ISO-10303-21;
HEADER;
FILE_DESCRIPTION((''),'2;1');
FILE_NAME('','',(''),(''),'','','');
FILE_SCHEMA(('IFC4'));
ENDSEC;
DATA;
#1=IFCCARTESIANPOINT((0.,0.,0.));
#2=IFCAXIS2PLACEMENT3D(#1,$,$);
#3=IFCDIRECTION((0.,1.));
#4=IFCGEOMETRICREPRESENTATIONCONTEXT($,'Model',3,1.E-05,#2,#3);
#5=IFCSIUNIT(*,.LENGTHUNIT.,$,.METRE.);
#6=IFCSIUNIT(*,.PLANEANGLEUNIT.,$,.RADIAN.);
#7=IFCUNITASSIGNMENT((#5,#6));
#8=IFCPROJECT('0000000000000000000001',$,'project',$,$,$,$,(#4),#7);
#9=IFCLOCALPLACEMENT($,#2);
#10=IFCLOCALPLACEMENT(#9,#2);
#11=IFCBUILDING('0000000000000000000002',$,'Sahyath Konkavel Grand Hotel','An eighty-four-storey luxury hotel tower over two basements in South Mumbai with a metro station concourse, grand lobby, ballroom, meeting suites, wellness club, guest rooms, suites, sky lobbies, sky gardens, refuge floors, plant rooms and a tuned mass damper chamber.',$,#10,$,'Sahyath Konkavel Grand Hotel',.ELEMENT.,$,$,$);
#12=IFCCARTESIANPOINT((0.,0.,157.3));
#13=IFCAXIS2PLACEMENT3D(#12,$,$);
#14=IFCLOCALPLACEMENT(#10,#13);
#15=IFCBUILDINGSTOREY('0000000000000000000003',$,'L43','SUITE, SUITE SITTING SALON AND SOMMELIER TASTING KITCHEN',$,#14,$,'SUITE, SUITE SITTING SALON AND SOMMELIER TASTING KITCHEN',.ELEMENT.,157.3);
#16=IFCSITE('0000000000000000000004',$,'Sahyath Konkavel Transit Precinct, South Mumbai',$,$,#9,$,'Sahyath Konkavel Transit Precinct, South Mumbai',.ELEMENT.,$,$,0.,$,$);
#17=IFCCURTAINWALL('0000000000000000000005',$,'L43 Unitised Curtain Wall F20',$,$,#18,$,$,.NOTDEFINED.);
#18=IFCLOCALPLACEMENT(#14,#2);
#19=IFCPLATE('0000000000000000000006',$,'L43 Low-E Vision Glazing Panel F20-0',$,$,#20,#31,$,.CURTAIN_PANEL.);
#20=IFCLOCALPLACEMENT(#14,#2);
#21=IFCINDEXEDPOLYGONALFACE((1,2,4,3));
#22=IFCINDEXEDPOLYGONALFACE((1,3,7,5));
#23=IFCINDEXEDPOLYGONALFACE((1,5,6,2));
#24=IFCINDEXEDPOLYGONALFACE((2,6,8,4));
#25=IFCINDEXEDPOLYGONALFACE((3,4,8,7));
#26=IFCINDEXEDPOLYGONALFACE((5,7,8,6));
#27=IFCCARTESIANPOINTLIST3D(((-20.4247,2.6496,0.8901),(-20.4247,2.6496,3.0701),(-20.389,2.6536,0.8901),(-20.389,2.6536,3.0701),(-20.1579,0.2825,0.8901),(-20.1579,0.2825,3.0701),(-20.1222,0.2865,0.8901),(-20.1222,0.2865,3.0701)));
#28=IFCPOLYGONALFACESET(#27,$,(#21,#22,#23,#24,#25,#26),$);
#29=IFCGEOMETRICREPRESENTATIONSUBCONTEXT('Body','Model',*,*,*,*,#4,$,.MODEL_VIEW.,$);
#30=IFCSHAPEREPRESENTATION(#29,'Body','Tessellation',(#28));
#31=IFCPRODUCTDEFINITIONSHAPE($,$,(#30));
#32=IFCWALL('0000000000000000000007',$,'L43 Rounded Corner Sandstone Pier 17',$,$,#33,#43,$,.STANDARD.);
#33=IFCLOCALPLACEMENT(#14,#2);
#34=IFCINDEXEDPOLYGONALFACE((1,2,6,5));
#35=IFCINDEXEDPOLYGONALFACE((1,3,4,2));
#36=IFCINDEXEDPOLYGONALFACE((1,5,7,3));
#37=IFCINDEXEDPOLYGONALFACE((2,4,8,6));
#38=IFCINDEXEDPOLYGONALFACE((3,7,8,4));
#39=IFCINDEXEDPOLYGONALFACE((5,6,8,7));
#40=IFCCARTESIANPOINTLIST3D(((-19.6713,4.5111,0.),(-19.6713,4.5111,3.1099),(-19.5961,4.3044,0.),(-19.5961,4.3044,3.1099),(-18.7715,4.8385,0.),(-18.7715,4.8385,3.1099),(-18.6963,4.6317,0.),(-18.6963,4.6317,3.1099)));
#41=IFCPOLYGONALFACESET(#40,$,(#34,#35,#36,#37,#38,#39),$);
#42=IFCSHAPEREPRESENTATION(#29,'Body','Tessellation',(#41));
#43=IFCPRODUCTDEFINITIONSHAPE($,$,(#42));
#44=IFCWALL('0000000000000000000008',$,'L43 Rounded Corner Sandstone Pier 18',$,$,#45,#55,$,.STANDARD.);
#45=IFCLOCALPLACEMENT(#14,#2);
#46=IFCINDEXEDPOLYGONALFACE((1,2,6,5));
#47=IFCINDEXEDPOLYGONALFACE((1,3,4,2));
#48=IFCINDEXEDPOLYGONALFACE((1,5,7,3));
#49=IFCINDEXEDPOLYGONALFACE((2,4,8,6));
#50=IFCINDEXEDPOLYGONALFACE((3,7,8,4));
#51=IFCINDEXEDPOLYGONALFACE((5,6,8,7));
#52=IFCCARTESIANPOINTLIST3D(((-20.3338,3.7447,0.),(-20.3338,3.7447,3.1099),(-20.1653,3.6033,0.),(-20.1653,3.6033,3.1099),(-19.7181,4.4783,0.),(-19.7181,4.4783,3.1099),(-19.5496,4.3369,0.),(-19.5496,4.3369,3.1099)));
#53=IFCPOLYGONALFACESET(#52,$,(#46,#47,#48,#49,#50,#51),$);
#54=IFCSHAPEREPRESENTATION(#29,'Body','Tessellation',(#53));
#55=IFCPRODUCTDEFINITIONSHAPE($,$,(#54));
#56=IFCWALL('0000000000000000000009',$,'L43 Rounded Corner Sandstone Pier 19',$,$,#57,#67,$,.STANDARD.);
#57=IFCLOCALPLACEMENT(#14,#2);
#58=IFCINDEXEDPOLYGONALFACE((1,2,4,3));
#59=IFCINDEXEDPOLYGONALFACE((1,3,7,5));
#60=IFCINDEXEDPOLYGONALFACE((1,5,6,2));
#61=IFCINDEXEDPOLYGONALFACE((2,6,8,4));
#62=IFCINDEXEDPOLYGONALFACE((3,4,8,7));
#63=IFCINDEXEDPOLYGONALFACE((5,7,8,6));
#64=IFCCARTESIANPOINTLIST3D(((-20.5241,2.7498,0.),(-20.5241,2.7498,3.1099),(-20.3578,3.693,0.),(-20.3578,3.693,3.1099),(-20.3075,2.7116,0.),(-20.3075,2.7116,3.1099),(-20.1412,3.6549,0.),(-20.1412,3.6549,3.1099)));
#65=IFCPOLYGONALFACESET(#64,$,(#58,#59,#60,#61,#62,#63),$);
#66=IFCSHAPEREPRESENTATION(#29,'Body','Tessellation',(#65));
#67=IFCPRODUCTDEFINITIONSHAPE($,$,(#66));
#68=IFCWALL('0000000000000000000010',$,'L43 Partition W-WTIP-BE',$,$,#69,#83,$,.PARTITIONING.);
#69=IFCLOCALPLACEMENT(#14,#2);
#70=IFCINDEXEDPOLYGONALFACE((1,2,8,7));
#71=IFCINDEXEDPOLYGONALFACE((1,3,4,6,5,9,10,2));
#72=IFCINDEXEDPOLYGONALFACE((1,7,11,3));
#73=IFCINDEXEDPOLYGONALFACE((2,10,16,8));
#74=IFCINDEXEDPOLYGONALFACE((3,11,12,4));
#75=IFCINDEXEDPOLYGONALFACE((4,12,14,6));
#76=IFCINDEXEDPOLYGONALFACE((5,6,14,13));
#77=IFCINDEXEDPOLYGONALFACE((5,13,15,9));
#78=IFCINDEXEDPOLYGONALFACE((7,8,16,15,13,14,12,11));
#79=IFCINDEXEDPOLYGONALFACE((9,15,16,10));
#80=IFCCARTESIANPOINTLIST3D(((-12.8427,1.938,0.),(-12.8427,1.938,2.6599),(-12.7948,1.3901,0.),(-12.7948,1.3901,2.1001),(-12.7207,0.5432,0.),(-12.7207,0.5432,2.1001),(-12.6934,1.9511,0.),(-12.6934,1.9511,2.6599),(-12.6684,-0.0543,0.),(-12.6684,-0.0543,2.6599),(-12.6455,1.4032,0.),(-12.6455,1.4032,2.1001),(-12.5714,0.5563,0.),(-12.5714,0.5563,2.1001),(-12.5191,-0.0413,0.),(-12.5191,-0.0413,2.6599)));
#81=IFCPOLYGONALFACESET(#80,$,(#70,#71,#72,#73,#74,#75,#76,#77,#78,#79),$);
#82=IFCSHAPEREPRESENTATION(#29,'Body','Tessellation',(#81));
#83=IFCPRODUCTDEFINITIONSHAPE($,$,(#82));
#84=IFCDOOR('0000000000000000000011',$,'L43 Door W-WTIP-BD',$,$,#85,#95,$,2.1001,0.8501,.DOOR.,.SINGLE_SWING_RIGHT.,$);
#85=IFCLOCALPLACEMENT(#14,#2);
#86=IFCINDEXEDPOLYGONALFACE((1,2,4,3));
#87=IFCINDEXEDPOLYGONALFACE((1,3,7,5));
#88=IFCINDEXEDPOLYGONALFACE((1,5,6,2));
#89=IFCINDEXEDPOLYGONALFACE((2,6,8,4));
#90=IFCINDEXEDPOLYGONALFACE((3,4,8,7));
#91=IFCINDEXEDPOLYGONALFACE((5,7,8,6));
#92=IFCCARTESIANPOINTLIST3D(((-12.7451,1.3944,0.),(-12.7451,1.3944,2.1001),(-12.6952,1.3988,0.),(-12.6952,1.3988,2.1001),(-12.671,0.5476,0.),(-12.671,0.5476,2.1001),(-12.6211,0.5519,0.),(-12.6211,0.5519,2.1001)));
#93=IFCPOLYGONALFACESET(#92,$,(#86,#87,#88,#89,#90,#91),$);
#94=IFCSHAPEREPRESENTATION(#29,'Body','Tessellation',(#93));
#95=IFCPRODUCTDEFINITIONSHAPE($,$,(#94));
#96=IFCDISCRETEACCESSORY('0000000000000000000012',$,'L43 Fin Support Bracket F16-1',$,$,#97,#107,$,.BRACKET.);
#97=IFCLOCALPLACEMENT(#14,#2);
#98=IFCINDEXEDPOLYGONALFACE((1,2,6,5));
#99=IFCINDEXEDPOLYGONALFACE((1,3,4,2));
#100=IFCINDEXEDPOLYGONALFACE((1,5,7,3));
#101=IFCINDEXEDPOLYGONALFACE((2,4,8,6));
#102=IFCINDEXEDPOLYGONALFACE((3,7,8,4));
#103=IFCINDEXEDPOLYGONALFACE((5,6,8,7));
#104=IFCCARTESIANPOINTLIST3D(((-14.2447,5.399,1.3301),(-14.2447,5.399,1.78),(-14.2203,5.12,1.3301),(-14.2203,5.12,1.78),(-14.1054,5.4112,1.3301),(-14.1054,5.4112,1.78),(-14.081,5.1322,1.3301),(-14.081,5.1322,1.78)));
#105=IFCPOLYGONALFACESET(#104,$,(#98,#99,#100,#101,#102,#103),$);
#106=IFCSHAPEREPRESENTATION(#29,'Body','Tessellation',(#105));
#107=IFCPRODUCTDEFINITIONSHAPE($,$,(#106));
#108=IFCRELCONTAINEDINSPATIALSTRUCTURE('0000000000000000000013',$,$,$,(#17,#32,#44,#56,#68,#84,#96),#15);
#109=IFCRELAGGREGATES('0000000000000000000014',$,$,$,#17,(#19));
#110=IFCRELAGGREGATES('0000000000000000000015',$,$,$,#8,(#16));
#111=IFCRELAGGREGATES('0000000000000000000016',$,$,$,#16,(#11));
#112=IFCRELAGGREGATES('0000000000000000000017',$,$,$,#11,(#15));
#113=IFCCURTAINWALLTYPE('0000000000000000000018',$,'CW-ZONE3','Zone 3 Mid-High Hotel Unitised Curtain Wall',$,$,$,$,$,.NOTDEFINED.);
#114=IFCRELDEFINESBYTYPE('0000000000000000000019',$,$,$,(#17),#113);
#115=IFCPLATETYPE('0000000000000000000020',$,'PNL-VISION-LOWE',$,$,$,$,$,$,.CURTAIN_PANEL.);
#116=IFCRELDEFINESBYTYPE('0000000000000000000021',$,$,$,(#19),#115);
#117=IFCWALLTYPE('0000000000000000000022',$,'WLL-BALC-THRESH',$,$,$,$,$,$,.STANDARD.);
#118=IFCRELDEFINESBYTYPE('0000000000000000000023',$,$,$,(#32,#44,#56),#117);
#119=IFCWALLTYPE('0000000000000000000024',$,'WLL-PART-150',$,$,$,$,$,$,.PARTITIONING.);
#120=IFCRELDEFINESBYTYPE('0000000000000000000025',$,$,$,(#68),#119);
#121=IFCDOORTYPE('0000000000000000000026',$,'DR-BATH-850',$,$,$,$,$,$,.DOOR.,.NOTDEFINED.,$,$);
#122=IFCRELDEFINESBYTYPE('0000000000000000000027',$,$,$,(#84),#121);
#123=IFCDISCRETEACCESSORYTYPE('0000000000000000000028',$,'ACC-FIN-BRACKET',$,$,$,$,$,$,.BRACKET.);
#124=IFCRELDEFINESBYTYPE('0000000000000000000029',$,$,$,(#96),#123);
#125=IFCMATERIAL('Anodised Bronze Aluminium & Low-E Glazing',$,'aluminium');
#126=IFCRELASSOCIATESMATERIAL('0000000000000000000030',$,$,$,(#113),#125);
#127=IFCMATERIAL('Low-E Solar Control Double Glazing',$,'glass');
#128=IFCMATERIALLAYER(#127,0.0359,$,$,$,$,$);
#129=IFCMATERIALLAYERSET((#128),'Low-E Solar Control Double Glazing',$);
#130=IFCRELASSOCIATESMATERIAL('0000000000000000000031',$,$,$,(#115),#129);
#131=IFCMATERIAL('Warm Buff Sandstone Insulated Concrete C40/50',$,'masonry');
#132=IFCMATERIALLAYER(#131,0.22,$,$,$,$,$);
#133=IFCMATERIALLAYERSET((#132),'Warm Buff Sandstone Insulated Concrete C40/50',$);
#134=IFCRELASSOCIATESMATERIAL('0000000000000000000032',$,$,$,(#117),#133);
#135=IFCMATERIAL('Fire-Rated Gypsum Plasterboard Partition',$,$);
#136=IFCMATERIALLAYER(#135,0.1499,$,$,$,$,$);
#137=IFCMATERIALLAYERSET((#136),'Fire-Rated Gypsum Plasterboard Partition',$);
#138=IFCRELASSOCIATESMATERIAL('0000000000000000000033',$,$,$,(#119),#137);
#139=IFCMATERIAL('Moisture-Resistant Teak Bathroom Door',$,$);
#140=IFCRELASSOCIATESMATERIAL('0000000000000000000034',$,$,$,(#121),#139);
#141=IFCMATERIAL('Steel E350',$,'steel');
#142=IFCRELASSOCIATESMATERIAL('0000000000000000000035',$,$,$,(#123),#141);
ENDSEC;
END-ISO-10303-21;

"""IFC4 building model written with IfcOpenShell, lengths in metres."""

from ifc_helpers import new_model, si_unit, direction, frame, frame_2d, origin, origin_2d, place, context, subcontext, project, spatial, rectangle, extrude, source, transform, mapped, material, layer, layer_set, type_object, element, fill, aggregate, save


model = new_model("IFC4")

# Units and contexts
model_context = context("Model", 3, precision=1e-05, world=origin(), true_north=direction((0.0, 1.0)))
body_context = subcontext(model_context, "Body", "Model", "MODEL_VIEW")
ifc_project = project(units=[si_unit("LENGTHUNIT", "METRE"), si_unit("PLANEANGLEUNIT", "RADIAN")], contexts=[model_context])

# Site, building, storey
site_placement = place(None, origin())
site = spatial("IfcSite", under=ifc_project, at=site_placement, Name="Sahyath Konkavel Transit Precinct, South Mumbai", LongName="Sahyath Konkavel Transit Precinct, South Mumbai", CompositionType="ELEMENT", RefElevation=0.0)
building_placement = place(site_placement, origin())
building = spatial("IfcBuilding", under=site, at=building_placement, Name="Sahyath Konkavel Grand Hotel", Description="An eighty-four-storey luxury hotel tower over two basements in South Mumbai with a metro station concourse, grand lobby, ballroom, meeting suites, wellness club, guest rooms, suites, sky lobbies, sky gardens, refuge floors, plant rooms and a tuned mass damper chamber.", LongName="Sahyath Konkavel Grand Hotel", CompositionType="ELEMENT")
storey_placement = place(building_placement, frame((0.0, 0.0, 157.3)))
storey = spatial("IfcBuildingStorey", under=building, at=storey_placement, Name="L43", Description="SUITE, SUITE SITTING SALON AND SOMMELIER TASTING KITCHEN", LongName="SUITE, SUITE SITTING SALON AND SOMMELIER TASTING KITCHEN", CompositionType="ELEMENT", Elevation=157.3)

# Shared definitions
ifc_material_1 = material(Name="Steel E350", Category="steel")

# Curtain wall
ifc_material_2 = material(Name="Anodised Bronze Aluminium & Low-E Glazing", Category="aluminium")
curtain_wall_type = type_object("IfcCurtainWallType", Name="CW-ZONE3", Description="Zone 3 Mid-High Hotel Unitised Curtain Wall", PredefinedType="NOTDEFINED", material=ifc_material_2)
curtain_wall_1_placement = place(storey_placement, origin())
curtain_wall_1 = element("IfcCurtainWall", 1, at=curtain_wall_1_placement, inside=storey, type_object=curtain_wall_type, Name="L43 Unitised Curtain Wall F20", PredefinedType="NOTDEFINED")

# Plate
ifc_material_3 = material(Name="Low-E Solar Control Double Glazing", Category="glass")
ifc_layer_1 = layer(ifc_material_3, 0.0359)
ifc_layer_set_1 = layer_set([ifc_layer_1], Name="Low-E Solar Control Double Glazing")
plate_type_1 = type_object("IfcPlateType", Name="PNL-VISION-LOWE", PredefinedType="CURTAIN_PANEL", material=ifc_layer_set_1)
shared_shape_1 = source(origin(), body_context, "Body", "SweptSolid", [
    extrude(rectangle(XDim=2.3821, YDim=0.0359, at=origin_2d()), origin(), (0.0, 0.0, 1.0), 2.1799),
])
plate_1_placement = place(storey_placement, frame((-20.2734, 1.468, 0.8901), z_axis=(0.0, 0.0, 1.0), x_axis=(0.111989, -0.993709, 0.0)))
plate_1 = element("IfcPlate", 2, at=plate_1_placement, type_object=plate_type_1, Name="L43 Low-E Vision Glazing Panel F20-0", PredefinedType="CURTAIN_PANEL", context=body_context, shape_type="MappedRepresentation", body=[
    mapped(shared_shape_1, transform((0.0, 0.0, 0.0), scale=1.0)),
])
aggregate(curtain_wall_1, [plate_1])

# Walls
ifc_material_4 = material(Name="Warm Buff Sandstone Insulated Concrete C40/50", Category="masonry")
ifc_layer_2 = layer(ifc_material_4, 0.22)
ifc_layer_set_2 = layer_set([ifc_layer_2], Name="Warm Buff Sandstone Insulated Concrete C40/50")
wall_type_1 = type_object("IfcWallType", Name="WLL-BALC-THRESH", PredefinedType="STANDARD", material=ifc_layer_set_2)
wall_1_placement = place(storey_placement, frame((-18.7339, 4.7351, 0.0), z_axis=(0.0, 0.0, 1.0), x_axis=(-0.939741, -0.341886, 0.0)))
element("IfcWall", 3, at=wall_1_placement, inside=storey, type_object=wall_type_1, Name="L43 Rounded Corner Sandstone Pier 17", PredefinedType="STANDARD", context=body_context, shape_type="SweptSolid", body=[
    extrude(rectangle(XDim=0.9575, YDim=0.22, at=frame_2d((0.4788, 0.0))), origin(), (0.0, 0.0, 1.0), 3.1099),
])
for number, where, z_axis, x_axis, name in (
    (4, (-19.6338, 4.4077, 0.0), (0.0, 0.0, 1.0), (-0.642863, -0.765981, 0.0), "L43 Rounded Corner Sandstone Pier 18"),
    (5, (-20.2495, 3.6741, 0.0), (0.0, 0.0, 1.0), (-0.173611, -0.984814, 0.0), "L43 Rounded Corner Sandstone Pier 19"),
):
    element("IfcWall", number, at=place(storey_placement, frame(where, z_axis=z_axis, x_axis=x_axis)), inside=storey, type_object=wall_type_1, Name=name, PredefinedType="STANDARD", context=body_context, shape_type="SweptSolid", body=[
        extrude(rectangle(XDim=0.9578, YDim=0.22, at=frame_2d((0.479, 0.0))), origin(), (0.0, 0.0, 1.0), 3.1099),
    ])

# Wall, opening, door
ifc_material_5 = material(Name="Fire-Rated Gypsum Plasterboard Partition")
ifc_layer_3 = layer(ifc_material_5, 0.1499)
ifc_layer_set_3 = layer_set([ifc_layer_3], Name="Fire-Rated Gypsum Plasterboard Partition")
wall_type_2 = type_object("IfcWallType", Name="WLL-PART-150", PredefinedType="PARTITIONING", material=ifc_layer_set_3)
wall_2_placement = place(storey_placement, frame((-12.7681, 1.9446, 0.0), z_axis=(0.0, 0.0, 1.0), x_axis=(0.087156, -0.996195, 0.0)))
wall_2 = element("IfcWall", 6, at=wall_2_placement, inside=storey, type_object=wall_type_2, Name="L43 Partition W-WTIP-BE", PredefinedType="PARTITIONING", context=body_context, shape_type="SweptSolid", body=[
    extrude(rectangle(XDim=2.0, YDim=0.1499, at=frame_2d((1.0, 0.0))), origin(), (0.0, 0.0, 1.0), 2.6599),
])
opening_placement = place(wall_2_placement, frame((0.55, 0.0, 0.0)))
opening = element("IfcOpeningElement", 7, at=opening_placement, cuts=wall_2, PredefinedType="OPENING", context=body_context, shape_type="SweptSolid", body=[
    extrude(rectangle(XDim=0.8501, YDim=2.1001, at=frame_2d((0.425, 1.05))), frame((0.0, 0.085, 0.0), z_axis=(0.0, -1.0, 0.0), x_axis=(1.0, 0.0, 0.0)), (0.0, 0.0, 1.0), 0.1699),
])
ifc_material_6 = material(Name="Moisture-Resistant Teak Bathroom Door")
door_type = type_object("IfcDoorType", Name="DR-BATH-850", OperationType="NOTDEFINED", PredefinedType="DOOR", material=ifc_material_6)
shared_shape_2 = source(origin(), body_context, "Body", "SweptSolid", [
    extrude(rectangle(XDim=0.8501, YDim=0.05, at=origin_2d()), origin(), (0.0, 0.0, 1.0), 2.1001),
])
door_placement = place(opening_placement, frame((0.425, 0.0, 0.0)))
door = element("IfcDoor", 8, at=door_placement, inside=storey, type_object=door_type, Name="L43 Door W-WTIP-BD", OperationType="SINGLE_SWING_RIGHT", OverallHeight=2.1001, OverallWidth=0.8501, PredefinedType="DOOR", context=body_context, shape_type="MappedRepresentation", body=[
    mapped(shared_shape_2, transform((0.0, 0.0, 0.0), scale=1.0)),
])
fill(opening, door)

# Discrete accessory
discrete_accessory_type = type_object("IfcDiscreteAccessoryType", Name="ACC-FIN-BRACKET", PredefinedType="BRACKET", material=ifc_material_1)
shared_shape_3 = source(origin(), body_context, "Body", "SweptSolid", [
    extrude(rectangle(XDim=0.28, YDim=0.1399, at=origin_2d()), origin(), (0.0, 0.0, 1.0), 0.45),
])
discrete_accessory_placement = place(storey_placement, frame((-14.1628, 5.2656, 1.3301), z_axis=(0.0, 0.0, 1.0), x_axis=(-0.087156, 0.996195, 0.0)))
element("IfcDiscreteAccessory", 9, at=discrete_accessory_placement, inside=storey, type_object=discrete_accessory_type, Name="L43 Fin Support Bracket F16-1", PredefinedType="BRACKET", context=body_context, shape_type="MappedRepresentation", body=[
    mapped(shared_shape_3, transform((0.0, 0.0, 0.0), scale=1.0)),
])

save(model, "model.ifc")
